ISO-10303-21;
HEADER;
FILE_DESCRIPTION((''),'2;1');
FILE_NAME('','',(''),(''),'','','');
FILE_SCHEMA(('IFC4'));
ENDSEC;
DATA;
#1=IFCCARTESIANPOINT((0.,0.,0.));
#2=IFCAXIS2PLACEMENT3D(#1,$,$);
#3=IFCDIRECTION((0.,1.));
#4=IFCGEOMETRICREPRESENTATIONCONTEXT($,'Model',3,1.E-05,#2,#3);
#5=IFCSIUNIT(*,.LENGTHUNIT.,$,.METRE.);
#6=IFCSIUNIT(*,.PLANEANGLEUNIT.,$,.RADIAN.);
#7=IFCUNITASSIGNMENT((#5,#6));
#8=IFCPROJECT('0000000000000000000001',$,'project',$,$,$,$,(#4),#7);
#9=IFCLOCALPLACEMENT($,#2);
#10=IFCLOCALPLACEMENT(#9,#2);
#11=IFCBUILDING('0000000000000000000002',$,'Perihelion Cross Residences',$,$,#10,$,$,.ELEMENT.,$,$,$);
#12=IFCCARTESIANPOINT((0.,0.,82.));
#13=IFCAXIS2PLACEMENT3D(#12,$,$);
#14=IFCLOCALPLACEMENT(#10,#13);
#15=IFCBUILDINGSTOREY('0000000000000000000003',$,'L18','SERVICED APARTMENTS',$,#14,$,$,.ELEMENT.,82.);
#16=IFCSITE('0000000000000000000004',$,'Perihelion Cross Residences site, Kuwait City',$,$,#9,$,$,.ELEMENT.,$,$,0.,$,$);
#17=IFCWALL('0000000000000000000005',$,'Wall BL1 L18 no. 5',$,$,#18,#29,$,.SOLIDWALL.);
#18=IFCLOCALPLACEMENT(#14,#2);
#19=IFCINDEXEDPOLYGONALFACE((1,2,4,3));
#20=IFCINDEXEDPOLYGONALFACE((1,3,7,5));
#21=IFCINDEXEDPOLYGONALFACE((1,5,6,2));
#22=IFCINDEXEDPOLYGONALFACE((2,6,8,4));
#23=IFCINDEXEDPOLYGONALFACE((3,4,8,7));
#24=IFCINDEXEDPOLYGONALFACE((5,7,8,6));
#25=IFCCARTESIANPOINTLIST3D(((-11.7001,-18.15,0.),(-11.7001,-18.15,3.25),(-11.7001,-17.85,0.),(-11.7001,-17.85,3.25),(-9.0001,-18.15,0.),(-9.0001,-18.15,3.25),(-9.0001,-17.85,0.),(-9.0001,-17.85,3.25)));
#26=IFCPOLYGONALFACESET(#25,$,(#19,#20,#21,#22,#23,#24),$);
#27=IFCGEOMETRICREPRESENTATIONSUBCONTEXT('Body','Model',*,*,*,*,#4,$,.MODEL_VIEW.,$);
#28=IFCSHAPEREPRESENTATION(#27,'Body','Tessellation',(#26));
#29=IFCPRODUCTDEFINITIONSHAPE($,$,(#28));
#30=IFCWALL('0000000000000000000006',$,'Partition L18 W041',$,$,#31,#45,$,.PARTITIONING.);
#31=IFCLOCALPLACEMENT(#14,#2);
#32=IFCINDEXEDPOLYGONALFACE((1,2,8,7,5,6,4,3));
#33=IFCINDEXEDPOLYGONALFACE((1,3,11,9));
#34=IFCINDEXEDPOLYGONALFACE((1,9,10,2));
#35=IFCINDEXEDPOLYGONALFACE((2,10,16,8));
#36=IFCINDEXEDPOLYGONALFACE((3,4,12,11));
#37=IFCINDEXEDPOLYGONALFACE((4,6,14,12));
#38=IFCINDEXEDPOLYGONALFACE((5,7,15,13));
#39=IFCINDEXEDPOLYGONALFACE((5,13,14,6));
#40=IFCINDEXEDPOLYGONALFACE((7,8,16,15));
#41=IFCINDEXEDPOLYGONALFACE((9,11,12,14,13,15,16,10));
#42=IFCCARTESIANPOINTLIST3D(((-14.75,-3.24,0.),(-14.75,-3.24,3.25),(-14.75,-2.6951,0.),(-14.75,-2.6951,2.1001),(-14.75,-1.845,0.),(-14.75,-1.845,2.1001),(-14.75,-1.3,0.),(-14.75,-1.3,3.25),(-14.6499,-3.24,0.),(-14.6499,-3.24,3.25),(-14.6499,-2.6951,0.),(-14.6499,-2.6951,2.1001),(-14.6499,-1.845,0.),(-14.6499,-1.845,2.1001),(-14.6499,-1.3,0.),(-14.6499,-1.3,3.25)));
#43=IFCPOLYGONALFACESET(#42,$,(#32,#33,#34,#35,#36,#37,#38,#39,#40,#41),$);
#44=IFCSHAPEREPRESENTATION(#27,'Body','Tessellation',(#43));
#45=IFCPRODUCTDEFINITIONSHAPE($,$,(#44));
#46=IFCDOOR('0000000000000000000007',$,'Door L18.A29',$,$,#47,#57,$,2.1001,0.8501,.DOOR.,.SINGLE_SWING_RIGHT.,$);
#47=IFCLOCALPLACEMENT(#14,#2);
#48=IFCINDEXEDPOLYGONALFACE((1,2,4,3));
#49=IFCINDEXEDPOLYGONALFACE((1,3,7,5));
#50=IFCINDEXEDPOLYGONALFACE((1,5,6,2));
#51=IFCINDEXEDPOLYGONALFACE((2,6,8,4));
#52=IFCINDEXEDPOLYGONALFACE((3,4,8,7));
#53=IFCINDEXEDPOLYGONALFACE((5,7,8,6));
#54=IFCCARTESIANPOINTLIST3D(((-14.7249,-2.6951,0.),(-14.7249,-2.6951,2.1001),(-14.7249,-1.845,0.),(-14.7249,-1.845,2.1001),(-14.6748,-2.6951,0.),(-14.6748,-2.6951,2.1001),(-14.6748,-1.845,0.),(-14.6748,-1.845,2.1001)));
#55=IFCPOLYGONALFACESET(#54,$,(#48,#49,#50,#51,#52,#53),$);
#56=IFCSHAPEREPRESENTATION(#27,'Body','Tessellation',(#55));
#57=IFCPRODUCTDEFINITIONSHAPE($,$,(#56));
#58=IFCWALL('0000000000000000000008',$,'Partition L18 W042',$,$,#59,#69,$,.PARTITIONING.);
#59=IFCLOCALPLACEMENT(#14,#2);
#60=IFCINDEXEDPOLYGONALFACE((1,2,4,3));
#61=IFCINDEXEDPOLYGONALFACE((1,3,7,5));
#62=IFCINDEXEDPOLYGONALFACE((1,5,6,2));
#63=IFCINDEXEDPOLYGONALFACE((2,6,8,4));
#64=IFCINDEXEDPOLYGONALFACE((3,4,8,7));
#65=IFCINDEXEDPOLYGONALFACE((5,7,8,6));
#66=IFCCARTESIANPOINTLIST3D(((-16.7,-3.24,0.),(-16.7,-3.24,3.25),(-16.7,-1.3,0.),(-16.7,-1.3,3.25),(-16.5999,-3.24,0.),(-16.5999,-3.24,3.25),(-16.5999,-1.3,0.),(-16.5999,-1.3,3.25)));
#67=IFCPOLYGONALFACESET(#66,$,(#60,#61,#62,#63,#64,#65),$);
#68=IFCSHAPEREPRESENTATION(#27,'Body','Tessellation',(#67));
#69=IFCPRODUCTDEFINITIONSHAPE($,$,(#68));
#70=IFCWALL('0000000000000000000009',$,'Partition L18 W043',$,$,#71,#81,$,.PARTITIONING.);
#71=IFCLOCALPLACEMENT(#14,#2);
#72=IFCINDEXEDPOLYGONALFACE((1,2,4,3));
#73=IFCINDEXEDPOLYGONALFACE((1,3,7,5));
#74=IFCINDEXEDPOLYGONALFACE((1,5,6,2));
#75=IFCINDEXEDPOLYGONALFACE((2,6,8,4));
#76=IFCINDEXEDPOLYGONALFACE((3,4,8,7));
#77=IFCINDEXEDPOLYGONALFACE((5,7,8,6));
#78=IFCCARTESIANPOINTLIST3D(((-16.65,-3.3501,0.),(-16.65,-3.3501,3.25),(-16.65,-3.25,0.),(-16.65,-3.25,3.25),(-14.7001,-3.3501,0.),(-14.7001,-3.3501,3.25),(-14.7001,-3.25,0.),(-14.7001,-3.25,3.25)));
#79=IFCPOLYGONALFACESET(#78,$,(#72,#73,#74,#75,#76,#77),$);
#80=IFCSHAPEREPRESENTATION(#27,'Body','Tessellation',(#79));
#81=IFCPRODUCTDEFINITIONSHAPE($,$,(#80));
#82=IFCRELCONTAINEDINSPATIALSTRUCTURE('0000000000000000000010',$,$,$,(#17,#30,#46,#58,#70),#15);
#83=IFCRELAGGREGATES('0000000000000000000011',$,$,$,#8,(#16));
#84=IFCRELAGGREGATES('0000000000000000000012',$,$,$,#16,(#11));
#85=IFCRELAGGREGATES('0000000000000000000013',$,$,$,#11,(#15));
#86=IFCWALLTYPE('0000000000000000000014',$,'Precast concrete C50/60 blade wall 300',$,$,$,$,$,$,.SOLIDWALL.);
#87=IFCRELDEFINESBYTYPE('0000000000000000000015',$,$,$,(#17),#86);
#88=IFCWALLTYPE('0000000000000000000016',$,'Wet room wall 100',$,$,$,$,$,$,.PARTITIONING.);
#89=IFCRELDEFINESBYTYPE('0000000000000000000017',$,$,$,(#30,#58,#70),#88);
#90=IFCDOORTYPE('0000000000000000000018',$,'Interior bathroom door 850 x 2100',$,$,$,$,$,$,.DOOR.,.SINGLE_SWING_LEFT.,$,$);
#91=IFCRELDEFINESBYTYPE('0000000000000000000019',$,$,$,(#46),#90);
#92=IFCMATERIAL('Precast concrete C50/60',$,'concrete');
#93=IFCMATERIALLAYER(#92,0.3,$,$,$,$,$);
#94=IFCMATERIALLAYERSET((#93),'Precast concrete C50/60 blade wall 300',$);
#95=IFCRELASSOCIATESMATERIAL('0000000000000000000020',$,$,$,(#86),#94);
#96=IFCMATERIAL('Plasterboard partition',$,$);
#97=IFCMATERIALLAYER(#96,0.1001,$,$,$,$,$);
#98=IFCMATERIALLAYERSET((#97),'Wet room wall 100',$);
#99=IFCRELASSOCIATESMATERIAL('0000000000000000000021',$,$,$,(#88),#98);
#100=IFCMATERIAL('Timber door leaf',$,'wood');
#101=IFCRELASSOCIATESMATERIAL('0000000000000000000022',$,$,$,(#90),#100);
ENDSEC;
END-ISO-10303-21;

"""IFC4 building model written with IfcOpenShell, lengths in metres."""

from ifc_helpers import new_model, si_unit, direction, frame, frame_2d, origin, place, context, subcontext, project, spatial, rectangle, extrude, material, layer, layer_set, type_object, element, fill, save


model = new_model("IFC4")

# Units and contexts
model_context = context("Model", 3, precision=1e-05, world=origin(), true_north=direction((0.0, 1.0)))
body_context = subcontext(model_context, "Body", "Model", "MODEL_VIEW")
ifc_project = project(units=[si_unit("LENGTHUNIT", "METRE"), si_unit("PLANEANGLEUNIT", "RADIAN")], contexts=[model_context])

# Site, building, storey
site_placement = place(None, origin())
site = spatial("IfcSite", under=ifc_project, at=site_placement, Name="Perihelion Cross Residences site, Kuwait City", CompositionType="ELEMENT", RefElevation=0.0)
building_placement = place(site_placement, origin())
building = spatial("IfcBuilding", under=site, at=building_placement, Name="Perihelion Cross Residences", CompositionType="ELEMENT")
storey_placement = place(building_placement, frame((0.0, 0.0, 82.0)))
storey = spatial("IfcBuildingStorey", under=building, at=storey_placement, Name="L18", Description="SERVICED APARTMENTS", CompositionType="ELEMENT", Elevation=82.0)

# Wall
ifc_material_1 = material(Name="Precast concrete C50/60", Category="concrete")
ifc_layer_1 = layer(ifc_material_1, 0.3)
ifc_layer_set_1 = layer_set([ifc_layer_1], Name="Precast concrete C50/60 blade wall 300")
wall_type_1 = type_object("IfcWallType", Name="Precast concrete C50/60 blade wall 300", PredefinedType="SOLIDWALL", material=ifc_layer_set_1)
wall_1_placement = place(storey_placement, frame((-9.0, -18.0, 0.0), z_axis=(0.0, 0.0, 1.0), x_axis=(-1.0, 0.0, 0.0)))
element("IfcWall", 1, at=wall_1_placement, inside=storey, type_object=wall_type_1, Name="Wall BL1 L18 no. 5", PredefinedType="SOLIDWALL", context=body_context, shape_type="SweptSolid", body=[
    extrude(rectangle(XDim=2.7, YDim=0.3, at=frame_2d((1.3501, 0.0))), origin(), (0.0, 0.0, 1.0), 3.25),
])

# Wall, opening, door
ifc_material_2 = material(Name="Plasterboard partition")
ifc_layer_2 = layer(ifc_material_2, 0.1001)
ifc_layer_set_2 = layer_set([ifc_layer_2], Name="Wet room wall 100")
wall_type_2 = type_object("IfcWallType", Name="Wet room wall 100", PredefinedType="PARTITIONING", material=ifc_layer_set_2)
wall_2_placement = place(storey_placement, frame((-14.7, -3.24, 0.0), z_axis=(0.0, 0.0, 1.0), x_axis=(0.0, 1.0, 0.0)))
wall_2 = element("IfcWall", 2, at=wall_2_placement, inside=storey, type_object=wall_type_2, Name="Partition L18 W041", PredefinedType="PARTITIONING", context=body_context, shape_type="SweptSolid", body=[
    extrude(rectangle(XDim=1.9399, YDim=0.1001, at=frame_2d((0.97, 0.0))), origin(), (0.0, 0.0, 1.0), 3.25),
])
opening_1_placement = place(wall_2_placement, frame((0.5449, 0.0, 0.0)))
opening_1 = element("IfcOpeningElement", 3, at=opening_1_placement, cuts=wall_2, PredefinedType="OPENING", context=body_context, shape_type="SweptSolid", body=[
    extrude(rectangle(XDim=0.8501, YDim=2.1001, at=frame_2d((0.425, 1.05))), frame((0.0, 0.0601, 0.0), z_axis=(0.0, -1.0, 0.0), x_axis=(1.0, 0.0, 0.0)), (0.0, 0.0, 1.0), 0.1201),
])
ifc_material_3 = material(Name="Timber door leaf", Category="wood")
door_type_1 = type_object("IfcDoorType", Name="Interior bathroom door 850 x 2100", OperationType="SINGLE_SWING_LEFT", PredefinedType="DOOR", material=ifc_material_3)
door_1_placement = place(opening_1_placement, origin())
door_1 = element("IfcDoor", 4, at=door_1_placement, inside=storey, type_object=door_type_1, Name="Door L18.A29", OperationType="SINGLE_SWING_RIGHT", OverallHeight=2.1001, OverallWidth=0.8501, PredefinedType="DOOR", context=body_context, shape_type="SweptSolid", body=[
    extrude(rectangle(XDim=0.8501, YDim=2.1001, at=frame_2d((0.425, 1.05))), frame((0.0, 0.0249, 0.0), z_axis=(0.0, -1.0, 0.0), x_axis=(1.0, 0.0, 0.0)), (0.0, 0.0, 1.0), 0.05),
])
fill(opening_1, door_1)

# Walls
wall_3_placement = place(storey_placement, frame((-16.6499, -3.24, 0.0), z_axis=(0.0, 0.0, 1.0), x_axis=(0.0, 1.0, 0.0)))
element("IfcWall", 5, at=wall_3_placement, inside=storey, type_object=wall_type_2, Name="Partition L18 W042", PredefinedType="PARTITIONING", context=body_context, shape_type="SweptSolid", body=[
    extrude(rectangle(XDim=1.9399, YDim=0.1001, at=frame_2d((0.97, 0.0))), origin(), (0.0, 0.0, 1.0), 3.25),
])
wall_4_placement = place(storey_placement, frame((-14.7, -3.3, 0.0), z_axis=(0.0, 0.0, 1.0), x_axis=(-1.0, 0.0, 0.0)))
element("IfcWall", 6, at=wall_4_placement, inside=storey, type_object=wall_type_2, Name="Partition L18 W043", PredefinedType="PARTITIONING", context=body_context, shape_type="SweptSolid", body=[
    extrude(rectangle(XDim=1.95, YDim=0.1001, at=frame_2d((0.9751, 0.0))), origin(), (0.0, 0.0, 1.0), 3.25),
])

save(model, "model.ifc")
